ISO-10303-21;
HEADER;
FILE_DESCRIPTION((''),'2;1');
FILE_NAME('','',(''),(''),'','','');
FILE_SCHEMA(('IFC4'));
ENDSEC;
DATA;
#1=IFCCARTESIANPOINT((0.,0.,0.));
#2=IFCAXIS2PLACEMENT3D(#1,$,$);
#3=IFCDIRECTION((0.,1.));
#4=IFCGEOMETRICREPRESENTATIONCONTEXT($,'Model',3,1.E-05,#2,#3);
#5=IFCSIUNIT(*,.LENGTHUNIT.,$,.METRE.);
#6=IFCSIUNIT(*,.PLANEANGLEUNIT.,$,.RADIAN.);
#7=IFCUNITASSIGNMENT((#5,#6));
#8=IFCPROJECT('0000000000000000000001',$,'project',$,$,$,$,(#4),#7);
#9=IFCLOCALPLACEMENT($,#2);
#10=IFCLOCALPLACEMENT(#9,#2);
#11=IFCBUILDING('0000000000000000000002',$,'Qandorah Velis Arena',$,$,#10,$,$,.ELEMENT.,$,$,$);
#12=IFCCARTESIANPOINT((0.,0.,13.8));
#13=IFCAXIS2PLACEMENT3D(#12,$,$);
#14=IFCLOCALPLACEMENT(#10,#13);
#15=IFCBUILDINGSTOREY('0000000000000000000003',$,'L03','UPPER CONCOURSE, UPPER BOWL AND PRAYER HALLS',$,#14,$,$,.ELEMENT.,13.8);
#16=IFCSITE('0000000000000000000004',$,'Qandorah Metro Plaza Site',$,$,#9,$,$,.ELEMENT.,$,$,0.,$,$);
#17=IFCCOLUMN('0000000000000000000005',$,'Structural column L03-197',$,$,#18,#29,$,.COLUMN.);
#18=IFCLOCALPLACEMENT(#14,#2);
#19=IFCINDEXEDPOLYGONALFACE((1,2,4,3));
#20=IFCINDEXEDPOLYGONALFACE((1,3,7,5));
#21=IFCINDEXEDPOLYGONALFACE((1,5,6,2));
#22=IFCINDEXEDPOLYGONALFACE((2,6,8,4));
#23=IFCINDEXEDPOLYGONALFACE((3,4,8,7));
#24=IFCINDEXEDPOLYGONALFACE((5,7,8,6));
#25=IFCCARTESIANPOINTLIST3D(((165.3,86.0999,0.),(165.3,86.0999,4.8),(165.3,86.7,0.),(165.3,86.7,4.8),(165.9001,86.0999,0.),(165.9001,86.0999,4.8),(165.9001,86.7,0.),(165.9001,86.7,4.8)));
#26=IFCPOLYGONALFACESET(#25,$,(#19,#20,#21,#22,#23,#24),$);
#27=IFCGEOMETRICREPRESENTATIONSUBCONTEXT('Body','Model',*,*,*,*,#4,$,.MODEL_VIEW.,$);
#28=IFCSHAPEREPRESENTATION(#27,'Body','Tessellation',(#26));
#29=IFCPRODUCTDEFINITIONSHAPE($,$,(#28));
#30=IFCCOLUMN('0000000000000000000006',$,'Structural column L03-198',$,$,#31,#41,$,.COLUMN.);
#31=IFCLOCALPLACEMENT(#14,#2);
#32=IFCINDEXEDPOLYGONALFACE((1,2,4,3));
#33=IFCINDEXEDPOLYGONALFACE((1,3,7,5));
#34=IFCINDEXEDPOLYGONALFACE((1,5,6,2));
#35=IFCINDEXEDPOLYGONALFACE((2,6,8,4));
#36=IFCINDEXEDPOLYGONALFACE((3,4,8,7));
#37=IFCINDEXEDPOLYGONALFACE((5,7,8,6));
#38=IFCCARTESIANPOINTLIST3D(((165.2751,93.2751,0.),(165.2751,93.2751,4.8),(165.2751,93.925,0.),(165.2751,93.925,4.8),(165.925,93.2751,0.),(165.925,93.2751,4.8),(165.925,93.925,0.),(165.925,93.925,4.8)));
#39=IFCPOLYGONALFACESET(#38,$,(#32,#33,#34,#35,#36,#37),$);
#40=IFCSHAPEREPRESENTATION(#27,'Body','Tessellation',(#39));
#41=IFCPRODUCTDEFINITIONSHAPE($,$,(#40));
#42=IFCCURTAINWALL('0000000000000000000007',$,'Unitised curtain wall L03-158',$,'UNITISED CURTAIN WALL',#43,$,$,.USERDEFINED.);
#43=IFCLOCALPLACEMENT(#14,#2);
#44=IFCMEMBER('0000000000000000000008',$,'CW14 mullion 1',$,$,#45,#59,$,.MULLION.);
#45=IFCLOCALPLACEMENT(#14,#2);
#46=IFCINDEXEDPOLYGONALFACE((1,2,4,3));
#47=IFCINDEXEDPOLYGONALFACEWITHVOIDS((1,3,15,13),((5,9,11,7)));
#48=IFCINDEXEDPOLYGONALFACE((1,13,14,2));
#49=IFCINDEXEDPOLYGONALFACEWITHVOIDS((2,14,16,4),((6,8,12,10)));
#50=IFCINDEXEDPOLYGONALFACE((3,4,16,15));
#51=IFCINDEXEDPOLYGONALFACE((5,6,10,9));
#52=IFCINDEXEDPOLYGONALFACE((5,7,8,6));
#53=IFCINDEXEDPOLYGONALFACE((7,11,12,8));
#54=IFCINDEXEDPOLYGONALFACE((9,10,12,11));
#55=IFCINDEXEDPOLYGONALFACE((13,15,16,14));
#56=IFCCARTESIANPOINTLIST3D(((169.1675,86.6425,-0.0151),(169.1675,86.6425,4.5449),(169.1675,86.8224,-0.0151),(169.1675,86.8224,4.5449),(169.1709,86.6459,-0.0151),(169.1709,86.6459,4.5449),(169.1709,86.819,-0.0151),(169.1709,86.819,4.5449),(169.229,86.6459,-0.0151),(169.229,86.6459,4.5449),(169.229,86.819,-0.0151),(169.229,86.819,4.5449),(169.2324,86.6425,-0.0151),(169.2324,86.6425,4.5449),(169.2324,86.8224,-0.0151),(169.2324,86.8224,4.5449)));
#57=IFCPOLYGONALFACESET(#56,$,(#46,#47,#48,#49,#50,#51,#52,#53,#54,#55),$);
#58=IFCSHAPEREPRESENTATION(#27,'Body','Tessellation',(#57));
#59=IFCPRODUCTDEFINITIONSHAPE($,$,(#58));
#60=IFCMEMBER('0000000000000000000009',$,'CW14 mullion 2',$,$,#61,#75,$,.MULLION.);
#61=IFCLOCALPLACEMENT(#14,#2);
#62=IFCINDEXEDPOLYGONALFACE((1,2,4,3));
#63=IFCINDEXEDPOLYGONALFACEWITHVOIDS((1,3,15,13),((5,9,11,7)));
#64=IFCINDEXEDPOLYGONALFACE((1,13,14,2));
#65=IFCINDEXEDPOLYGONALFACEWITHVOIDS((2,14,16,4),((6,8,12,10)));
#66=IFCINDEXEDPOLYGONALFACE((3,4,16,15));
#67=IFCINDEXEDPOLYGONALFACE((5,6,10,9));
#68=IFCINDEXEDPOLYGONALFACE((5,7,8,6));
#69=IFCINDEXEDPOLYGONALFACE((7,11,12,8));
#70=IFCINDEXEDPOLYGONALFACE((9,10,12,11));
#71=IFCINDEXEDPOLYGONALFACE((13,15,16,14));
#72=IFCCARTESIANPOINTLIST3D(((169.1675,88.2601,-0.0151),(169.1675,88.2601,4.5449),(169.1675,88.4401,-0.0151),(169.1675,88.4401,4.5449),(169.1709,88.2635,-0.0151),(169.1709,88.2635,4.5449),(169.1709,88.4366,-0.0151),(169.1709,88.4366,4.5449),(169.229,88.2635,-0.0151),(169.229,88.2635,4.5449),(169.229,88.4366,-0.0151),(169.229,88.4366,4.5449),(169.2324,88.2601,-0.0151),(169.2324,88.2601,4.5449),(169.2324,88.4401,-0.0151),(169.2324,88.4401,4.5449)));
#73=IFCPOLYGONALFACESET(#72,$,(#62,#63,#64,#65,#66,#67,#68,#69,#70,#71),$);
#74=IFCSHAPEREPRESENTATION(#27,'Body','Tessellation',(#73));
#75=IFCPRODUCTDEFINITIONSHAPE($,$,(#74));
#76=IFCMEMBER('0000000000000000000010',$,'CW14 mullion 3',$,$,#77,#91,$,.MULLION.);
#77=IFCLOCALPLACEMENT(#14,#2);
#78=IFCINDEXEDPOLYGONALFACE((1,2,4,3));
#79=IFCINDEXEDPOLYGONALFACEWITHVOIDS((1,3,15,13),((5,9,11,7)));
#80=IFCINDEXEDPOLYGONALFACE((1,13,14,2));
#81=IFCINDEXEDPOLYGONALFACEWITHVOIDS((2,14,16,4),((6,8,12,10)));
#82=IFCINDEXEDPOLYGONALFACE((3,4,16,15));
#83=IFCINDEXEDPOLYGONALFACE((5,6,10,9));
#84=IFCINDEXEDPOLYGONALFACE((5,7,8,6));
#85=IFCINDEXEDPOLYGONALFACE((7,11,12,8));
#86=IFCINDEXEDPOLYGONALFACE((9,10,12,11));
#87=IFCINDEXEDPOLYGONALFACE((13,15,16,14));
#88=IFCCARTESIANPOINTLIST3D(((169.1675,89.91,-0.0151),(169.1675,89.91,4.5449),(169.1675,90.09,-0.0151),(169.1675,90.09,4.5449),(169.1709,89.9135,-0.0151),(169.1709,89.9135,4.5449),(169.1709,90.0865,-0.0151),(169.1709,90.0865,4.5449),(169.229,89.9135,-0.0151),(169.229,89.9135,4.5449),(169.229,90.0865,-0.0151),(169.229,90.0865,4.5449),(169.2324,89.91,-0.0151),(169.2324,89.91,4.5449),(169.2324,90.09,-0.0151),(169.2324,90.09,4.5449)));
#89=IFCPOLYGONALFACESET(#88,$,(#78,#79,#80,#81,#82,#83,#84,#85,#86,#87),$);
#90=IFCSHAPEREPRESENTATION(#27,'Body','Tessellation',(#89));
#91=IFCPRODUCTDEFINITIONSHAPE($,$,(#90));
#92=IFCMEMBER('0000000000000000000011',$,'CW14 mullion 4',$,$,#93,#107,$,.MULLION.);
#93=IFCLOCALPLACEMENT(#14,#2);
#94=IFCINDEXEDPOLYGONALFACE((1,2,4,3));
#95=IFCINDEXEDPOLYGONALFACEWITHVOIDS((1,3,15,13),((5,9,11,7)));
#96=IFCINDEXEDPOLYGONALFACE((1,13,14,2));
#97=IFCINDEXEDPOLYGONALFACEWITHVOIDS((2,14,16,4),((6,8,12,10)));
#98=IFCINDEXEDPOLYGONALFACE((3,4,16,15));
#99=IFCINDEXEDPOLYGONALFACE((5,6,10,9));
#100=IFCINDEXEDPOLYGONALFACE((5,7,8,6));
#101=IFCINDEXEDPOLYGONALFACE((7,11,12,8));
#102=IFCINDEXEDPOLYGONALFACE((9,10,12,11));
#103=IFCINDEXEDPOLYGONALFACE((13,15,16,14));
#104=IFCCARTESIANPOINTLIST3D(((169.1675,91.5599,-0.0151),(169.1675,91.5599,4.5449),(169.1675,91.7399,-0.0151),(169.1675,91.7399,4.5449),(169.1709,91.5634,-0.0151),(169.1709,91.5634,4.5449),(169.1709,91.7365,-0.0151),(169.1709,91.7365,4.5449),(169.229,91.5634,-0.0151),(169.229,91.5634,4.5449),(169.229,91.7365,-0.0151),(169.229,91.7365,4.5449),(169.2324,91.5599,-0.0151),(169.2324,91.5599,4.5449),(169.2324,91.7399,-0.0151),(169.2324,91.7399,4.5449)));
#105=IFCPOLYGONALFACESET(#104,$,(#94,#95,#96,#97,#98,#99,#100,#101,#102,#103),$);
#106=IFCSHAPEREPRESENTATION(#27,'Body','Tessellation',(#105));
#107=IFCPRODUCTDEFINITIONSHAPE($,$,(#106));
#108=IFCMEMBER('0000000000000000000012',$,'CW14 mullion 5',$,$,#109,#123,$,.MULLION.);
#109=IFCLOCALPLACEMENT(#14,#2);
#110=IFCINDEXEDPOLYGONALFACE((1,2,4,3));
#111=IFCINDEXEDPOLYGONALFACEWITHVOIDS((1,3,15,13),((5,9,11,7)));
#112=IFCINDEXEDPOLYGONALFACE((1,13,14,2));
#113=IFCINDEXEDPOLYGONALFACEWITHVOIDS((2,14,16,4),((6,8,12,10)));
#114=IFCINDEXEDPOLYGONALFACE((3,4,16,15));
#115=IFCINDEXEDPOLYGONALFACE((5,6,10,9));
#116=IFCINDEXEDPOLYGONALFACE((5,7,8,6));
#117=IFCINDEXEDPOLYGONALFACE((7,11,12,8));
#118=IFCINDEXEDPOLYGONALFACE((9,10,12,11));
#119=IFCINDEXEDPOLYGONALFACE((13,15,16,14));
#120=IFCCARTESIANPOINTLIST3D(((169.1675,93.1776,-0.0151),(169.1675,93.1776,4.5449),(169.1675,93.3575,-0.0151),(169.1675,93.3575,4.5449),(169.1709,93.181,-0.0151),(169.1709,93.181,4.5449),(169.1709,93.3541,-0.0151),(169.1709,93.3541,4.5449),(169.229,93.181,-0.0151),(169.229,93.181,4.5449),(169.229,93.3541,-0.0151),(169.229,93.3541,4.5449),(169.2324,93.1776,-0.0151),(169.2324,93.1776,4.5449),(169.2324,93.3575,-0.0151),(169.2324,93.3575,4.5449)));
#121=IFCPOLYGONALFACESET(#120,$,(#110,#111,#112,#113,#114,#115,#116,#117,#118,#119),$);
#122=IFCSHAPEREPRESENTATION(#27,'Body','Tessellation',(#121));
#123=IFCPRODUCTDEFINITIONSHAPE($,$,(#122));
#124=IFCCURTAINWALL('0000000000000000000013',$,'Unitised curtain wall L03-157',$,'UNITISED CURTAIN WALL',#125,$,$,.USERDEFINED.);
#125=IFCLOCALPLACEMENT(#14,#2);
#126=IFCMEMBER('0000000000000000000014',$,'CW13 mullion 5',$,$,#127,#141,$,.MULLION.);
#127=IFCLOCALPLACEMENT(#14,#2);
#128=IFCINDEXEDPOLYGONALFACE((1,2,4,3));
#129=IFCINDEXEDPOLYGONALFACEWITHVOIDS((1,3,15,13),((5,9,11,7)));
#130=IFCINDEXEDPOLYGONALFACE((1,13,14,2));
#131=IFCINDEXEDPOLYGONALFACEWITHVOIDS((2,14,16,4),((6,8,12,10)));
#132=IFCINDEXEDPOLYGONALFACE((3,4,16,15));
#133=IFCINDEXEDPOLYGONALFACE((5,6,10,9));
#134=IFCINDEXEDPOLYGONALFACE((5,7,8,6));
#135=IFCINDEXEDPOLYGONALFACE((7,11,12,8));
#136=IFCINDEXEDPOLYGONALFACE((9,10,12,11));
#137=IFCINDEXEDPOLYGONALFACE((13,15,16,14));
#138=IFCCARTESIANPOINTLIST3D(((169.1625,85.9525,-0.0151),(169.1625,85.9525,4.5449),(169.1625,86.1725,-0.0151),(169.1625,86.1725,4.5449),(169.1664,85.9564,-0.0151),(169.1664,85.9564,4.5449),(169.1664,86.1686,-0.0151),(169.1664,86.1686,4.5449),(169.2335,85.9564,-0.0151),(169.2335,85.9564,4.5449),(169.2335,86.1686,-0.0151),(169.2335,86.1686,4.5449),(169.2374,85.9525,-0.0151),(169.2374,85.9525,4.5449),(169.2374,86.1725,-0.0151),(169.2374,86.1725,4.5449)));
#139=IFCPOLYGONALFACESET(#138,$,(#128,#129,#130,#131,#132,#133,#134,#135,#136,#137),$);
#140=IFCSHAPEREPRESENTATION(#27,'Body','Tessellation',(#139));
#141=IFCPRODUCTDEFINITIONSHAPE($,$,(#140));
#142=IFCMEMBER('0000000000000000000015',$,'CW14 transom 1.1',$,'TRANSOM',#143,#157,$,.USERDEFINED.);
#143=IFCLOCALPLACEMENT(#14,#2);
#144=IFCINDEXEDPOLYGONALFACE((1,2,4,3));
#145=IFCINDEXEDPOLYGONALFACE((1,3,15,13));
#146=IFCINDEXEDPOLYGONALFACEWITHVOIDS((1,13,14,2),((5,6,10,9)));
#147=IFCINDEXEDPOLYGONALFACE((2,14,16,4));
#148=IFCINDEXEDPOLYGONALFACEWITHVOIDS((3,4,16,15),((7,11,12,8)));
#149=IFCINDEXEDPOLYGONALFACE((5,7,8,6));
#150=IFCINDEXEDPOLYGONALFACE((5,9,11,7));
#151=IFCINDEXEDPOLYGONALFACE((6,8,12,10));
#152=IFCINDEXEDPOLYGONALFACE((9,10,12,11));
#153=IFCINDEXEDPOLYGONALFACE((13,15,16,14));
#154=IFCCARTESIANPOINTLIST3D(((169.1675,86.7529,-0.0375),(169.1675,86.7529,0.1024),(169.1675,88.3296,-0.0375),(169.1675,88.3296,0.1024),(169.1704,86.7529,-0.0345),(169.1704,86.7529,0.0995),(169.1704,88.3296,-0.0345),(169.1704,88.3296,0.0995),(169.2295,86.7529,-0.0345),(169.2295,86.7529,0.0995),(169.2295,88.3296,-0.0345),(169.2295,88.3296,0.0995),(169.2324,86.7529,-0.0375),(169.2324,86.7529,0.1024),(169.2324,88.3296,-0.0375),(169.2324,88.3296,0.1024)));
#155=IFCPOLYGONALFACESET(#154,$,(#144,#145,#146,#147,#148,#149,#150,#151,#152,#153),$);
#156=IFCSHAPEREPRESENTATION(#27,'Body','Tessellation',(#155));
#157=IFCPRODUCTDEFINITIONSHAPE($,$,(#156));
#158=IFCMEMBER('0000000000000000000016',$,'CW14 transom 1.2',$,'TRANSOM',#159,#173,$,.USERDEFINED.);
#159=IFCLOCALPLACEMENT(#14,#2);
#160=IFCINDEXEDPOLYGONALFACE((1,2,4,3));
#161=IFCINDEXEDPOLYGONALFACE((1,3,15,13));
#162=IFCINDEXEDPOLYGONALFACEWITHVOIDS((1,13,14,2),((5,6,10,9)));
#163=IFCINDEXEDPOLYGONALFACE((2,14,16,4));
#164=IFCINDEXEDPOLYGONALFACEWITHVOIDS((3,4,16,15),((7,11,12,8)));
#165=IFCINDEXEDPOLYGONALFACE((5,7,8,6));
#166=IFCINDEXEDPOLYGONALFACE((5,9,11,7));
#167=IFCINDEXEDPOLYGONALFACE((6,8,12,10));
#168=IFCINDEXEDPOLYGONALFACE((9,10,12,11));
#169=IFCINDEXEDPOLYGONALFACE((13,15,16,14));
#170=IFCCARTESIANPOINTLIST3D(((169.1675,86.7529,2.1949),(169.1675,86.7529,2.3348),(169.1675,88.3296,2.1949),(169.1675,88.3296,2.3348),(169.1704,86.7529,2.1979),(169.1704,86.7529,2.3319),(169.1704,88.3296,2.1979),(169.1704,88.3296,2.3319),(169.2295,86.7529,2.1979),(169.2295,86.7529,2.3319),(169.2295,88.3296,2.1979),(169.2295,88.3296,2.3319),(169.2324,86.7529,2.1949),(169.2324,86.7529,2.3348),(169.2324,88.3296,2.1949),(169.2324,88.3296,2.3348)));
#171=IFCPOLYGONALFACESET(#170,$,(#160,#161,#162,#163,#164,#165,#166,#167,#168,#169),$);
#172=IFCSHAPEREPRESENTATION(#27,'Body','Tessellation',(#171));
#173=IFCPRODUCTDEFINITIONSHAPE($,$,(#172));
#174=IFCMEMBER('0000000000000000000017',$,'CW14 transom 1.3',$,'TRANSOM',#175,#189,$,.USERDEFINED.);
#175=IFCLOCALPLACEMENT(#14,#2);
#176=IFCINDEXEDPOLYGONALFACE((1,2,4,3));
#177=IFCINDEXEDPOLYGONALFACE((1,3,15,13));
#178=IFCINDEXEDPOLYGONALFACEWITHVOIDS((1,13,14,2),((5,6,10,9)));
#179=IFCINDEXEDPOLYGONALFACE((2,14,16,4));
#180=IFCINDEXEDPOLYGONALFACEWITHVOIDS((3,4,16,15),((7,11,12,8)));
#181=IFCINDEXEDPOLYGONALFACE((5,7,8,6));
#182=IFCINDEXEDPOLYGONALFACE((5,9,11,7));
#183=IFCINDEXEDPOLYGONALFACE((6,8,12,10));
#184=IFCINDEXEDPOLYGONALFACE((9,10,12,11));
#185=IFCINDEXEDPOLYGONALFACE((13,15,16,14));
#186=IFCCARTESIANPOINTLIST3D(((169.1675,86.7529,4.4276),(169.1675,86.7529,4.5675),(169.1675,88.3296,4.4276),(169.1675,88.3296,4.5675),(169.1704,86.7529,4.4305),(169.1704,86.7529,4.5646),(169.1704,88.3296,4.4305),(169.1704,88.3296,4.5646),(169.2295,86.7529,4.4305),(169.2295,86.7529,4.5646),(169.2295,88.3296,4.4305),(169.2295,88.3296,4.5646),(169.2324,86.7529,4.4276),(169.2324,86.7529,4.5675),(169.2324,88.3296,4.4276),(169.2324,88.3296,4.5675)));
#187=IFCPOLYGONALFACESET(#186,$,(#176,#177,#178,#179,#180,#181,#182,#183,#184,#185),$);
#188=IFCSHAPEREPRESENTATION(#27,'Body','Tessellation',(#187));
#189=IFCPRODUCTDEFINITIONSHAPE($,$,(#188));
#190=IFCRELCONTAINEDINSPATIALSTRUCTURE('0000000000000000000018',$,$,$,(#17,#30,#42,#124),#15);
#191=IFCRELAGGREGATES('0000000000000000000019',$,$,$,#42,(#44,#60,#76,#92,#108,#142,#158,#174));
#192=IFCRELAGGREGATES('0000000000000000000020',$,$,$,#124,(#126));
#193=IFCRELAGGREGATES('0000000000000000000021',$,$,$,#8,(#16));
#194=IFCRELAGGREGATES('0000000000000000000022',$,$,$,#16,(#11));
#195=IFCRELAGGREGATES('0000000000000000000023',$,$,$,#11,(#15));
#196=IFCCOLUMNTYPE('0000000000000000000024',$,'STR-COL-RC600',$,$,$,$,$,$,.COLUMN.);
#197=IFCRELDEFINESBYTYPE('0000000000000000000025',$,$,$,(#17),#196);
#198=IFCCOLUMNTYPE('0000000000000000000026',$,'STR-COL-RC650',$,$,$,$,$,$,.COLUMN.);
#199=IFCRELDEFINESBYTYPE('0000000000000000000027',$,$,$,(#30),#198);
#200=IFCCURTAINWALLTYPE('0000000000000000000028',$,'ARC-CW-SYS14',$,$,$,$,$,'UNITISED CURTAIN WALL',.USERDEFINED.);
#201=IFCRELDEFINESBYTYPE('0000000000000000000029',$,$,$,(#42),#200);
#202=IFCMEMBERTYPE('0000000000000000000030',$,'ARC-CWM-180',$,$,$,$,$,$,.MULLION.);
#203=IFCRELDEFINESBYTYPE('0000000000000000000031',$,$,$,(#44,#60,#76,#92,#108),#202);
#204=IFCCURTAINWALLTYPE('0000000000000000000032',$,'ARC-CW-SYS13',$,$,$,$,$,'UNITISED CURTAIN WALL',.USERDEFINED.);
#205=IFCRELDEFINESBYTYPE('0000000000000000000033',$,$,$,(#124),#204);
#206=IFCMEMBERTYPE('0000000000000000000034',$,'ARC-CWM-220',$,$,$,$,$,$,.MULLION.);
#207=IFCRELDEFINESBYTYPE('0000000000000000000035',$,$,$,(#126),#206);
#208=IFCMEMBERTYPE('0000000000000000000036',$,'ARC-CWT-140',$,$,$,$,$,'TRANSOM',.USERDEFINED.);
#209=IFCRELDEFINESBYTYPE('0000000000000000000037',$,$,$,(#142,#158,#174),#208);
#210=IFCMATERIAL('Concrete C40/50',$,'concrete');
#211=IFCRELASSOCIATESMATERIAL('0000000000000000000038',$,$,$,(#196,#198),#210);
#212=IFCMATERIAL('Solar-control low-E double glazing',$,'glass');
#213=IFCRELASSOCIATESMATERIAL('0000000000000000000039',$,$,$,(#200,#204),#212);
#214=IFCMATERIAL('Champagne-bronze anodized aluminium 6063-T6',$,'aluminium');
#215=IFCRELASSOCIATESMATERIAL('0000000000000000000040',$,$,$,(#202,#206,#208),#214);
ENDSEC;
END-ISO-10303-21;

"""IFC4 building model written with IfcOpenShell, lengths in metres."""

from ifc_helpers import new_model, si_unit, direction, frame, origin, origin_2d, place, context, subcontext, project, spatial, rectangle, hollow_rectangle, extrude, material, material_profile, profile_set, type_object, element, aggregate, save


model = new_model("IFC4")

# Units and contexts
model_context = context("Model", 3, precision=1e-05, world=origin(), true_north=direction((0.0, 1.0)))
body_context = subcontext(model_context, "Body", "Model", "MODEL_VIEW")
ifc_project = project(units=[si_unit("LENGTHUNIT", "METRE"), si_unit("PLANEANGLEUNIT", "RADIAN")], contexts=[model_context])

# Site, building, storey
site_placement = place(None, origin())
site = spatial("IfcSite", under=ifc_project, at=site_placement, Name="Qandorah Metro Plaza Site", CompositionType="ELEMENT", RefElevation=0.0)
building_placement = place(site_placement, origin())
building = spatial("IfcBuilding", under=site, at=building_placement, Name="Qandorah Velis Arena", CompositionType="ELEMENT")
storey_placement = place(building_placement, frame((0.0, 0.0, 13.8)))
storey = spatial("IfcBuildingStorey", under=building, at=storey_placement, Name="L03", Description="UPPER CONCOURSE, UPPER BOWL AND PRAYER HALLS", CompositionType="ELEMENT", Elevation=13.8)

# Columns
ifc_material_1 = material(Name="Concrete C40/50", Category="concrete")
ifc_material_profile_1 = material_profile(ifc_material_1, rectangle(XDim=0.6001, YDim=0.6001, at=origin_2d()), Name="RC COL 600x600")
ifc_profile_set_1 = profile_set([ifc_material_profile_1], Name="Concrete C40/50")
column_type_1 = type_object("IfcColumnType", Name="STR-COL-RC600", PredefinedType="COLUMN", material=ifc_profile_set_1)
column_1_placement = place(storey_placement, frame((165.6001, 86.3999, 0.0), z_axis=(0.0, 0.0, 1.0), x_axis=(1.0, 0.0, 0.0)))
element("IfcColumn", 1, at=column_1_placement, inside=storey, type_object=column_type_1, Name="Structural column L03-197", PredefinedType="COLUMN", context=body_context, shape_type="SweptSolid", body=[
    extrude(rectangle(XDim=0.6001, YDim=0.6001, at=origin_2d()), origin(), (0.0, 0.0, 1.0), 4.8),
])
ifc_material_profile_2 = material_profile(ifc_material_1, rectangle(XDim=0.6499, YDim=0.6499, at=origin_2d()), Name="RC COL 650x650")
ifc_profile_set_2 = profile_set([ifc_material_profile_2], Name="Concrete C40/50")
column_type_2 = type_object("IfcColumnType", Name="STR-COL-RC650", PredefinedType="COLUMN", material=ifc_profile_set_2)
column_2_placement = place(storey_placement, frame((165.6001, 93.6001, 0.0), z_axis=(0.0, 0.0, 1.0), x_axis=(1.0, 0.0, 0.0)))
element("IfcColumn", 2, at=column_2_placement, inside=storey, type_object=column_type_2, Name="Structural column L03-198", PredefinedType="COLUMN", context=body_context, shape_type="SweptSolid", body=[
    extrude(rectangle(XDim=0.6499, YDim=0.6499, at=origin_2d()), origin(), (0.0, 0.0, 1.0), 4.8),
])

# Curtain wall, members
ifc_material_2 = material(Name="Solar-control low-E double glazing", Category="glass")
curtain_wall_type_1 = type_object("IfcCurtainWallType", Name="ARC-CW-SYS14", ElementType="UNITISED CURTAIN WALL", PredefinedType="USERDEFINED", material=ifc_material_2)
curtain_wall_1_placement = place(storey_placement, origin())
curtain_wall_1 = element("IfcCurtainWall", 3, at=curtain_wall_1_placement, inside=storey, type_object=curtain_wall_type_1, Name="Unitised curtain wall L03-158", ObjectType="UNITISED CURTAIN WALL", PredefinedType="USERDEFINED")
ifc_material_3 = material(Name="Champagne-bronze anodized aluminium 6063-T6", Category="aluminium")
ifc_material_profile_3 = material_profile(ifc_material_3, hollow_rectangle(XDim=0.0649, YDim=0.1799, WallThickness=0.0034, at=origin_2d()), Name="ALU MULLION 65x180")
ifc_profile_set_3 = profile_set([ifc_material_profile_3], Name="Champagne-bronze anodized aluminium 6063-T6")
member_type_1 = type_object("IfcMemberType", Name="ARC-CWM-180", PredefinedType="MULLION", material=ifc_profile_set_3)
member_1_placement = place(storey_placement, frame((169.2, 86.7324, -0.0151), z_axis=(0.0, 0.0, 1.0), x_axis=(-1.0, 0.0, 0.0)))
member_1 = element("IfcMember", 4, at=member_1_placement, type_object=member_type_1, Name="CW14 mullion 1", PredefinedType="MULLION", context=body_context, shape_type="SweptSolid", body=[
    extrude(hollow_rectangle(XDim=0.0649, YDim=0.1799, WallThickness=0.0034, at=origin_2d()), origin(), (0.0, 0.0, 1.0), 4.5601),
])
member_2_placement = place(storey_placement, frame((169.2, 88.3501, -0.0151), z_axis=(0.0, 0.0, 1.0), x_axis=(-1.0, 0.0, 0.0)))
member_2 = element("IfcMember", 5, at=member_2_placement, type_object=member_type_1, Name="CW14 mullion 2", PredefinedType="MULLION", context=body_context, shape_type="SweptSolid", body=[
    extrude(hollow_rectangle(XDim=0.0649, YDim=0.1799, WallThickness=0.0034, at=origin_2d()), origin(), (0.0, 0.0, 1.0), 4.5601),
])
member_3_placement = place(storey_placement, frame((169.2, 90.0, -0.0151), z_axis=(0.0, 0.0, 1.0), x_axis=(-1.0, 0.0, 0.0)))
member_3 = element("IfcMember", 6, at=member_3_placement, type_object=member_type_1, Name="CW14 mullion 3", PredefinedType="MULLION", context=body_context, shape_type="SweptSolid", body=[
    extrude(hollow_rectangle(XDim=0.0649, YDim=0.1799, WallThickness=0.0034, at=origin_2d()), origin(), (0.0, 0.0, 1.0), 4.5601),
])
member_4_placement = place(storey_placement, frame((169.2, 91.6499, -0.0151), z_axis=(0.0, 0.0, 1.0), x_axis=(-1.0, 0.0, 0.0)))
member_4 = element("IfcMember", 7, at=member_4_placement, type_object=member_type_1, Name="CW14 mullion 4", PredefinedType="MULLION", context=body_context, shape_type="SweptSolid", body=[
    extrude(hollow_rectangle(XDim=0.0649, YDim=0.1799, WallThickness=0.0034, at=origin_2d()), origin(), (0.0, 0.0, 1.0), 4.5601),
])
member_5_placement = place(storey_placement, frame((169.2, 93.2676, -0.0151), z_axis=(0.0, 0.0, 1.0), x_axis=(-1.0, 0.0, 0.0)))
member_5 = element("IfcMember", 8, at=member_5_placement, type_object=member_type_1, Name="CW14 mullion 5", PredefinedType="MULLION", context=body_context, shape_type="SweptSolid", body=[
    extrude(hollow_rectangle(XDim=0.0649, YDim=0.1799, WallThickness=0.0034, at=origin_2d()), origin(), (0.0, 0.0, 1.0), 4.5601),
])

# Curtain wall, member
curtain_wall_type_2 = type_object("IfcCurtainWallType", Name="ARC-CW-SYS13", ElementType="UNITISED CURTAIN WALL", PredefinedType="USERDEFINED", material=ifc_material_2)
curtain_wall_2_placement = place(storey_placement, origin())
curtain_wall_2 = element("IfcCurtainWall", 9, at=curtain_wall_2_placement, inside=storey, type_object=curtain_wall_type_2, Name="Unitised curtain wall L03-157", ObjectType="UNITISED CURTAIN WALL", PredefinedType="USERDEFINED")
ifc_material_profile_4 = material_profile(ifc_material_3, hollow_rectangle(XDim=0.075, YDim=0.22, WallThickness=0.0039, at=origin_2d()), Name="ALU MULLION 75x220")
ifc_profile_set_4 = profile_set([ifc_material_profile_4], Name="Champagne-bronze anodized aluminium 6063-T6")
member_type_2 = type_object("IfcMemberType", Name="ARC-CWM-220", PredefinedType="MULLION", material=ifc_profile_set_4)
member_6_placement = place(storey_placement, frame((169.2, 86.0625, -0.0151), z_axis=(0.0, 0.0, 1.0), x_axis=(-1.0, 0.0, 0.0)))
member_6 = element("IfcMember", 10, at=member_6_placement, type_object=member_type_2, Name="CW13 mullion 5", PredefinedType="MULLION", context=body_context, shape_type="SweptSolid", body=[
    extrude(hollow_rectangle(XDim=0.075, YDim=0.22, WallThickness=0.0039, at=origin_2d()), origin(), (0.0, 0.0, 1.0), 4.5601),
])

# Members
ifc_material_profile_5 = material_profile(ifc_material_3, hollow_rectangle(XDim=0.0649, YDim=0.1399, WallThickness=0.0029, at=origin_2d()), Name="ALU TRANSOM 65x140")
ifc_profile_set_5 = profile_set([ifc_material_profile_5], Name="Champagne-bronze anodized aluminium 6063-T6")
member_type_3 = type_object("IfcMemberType", Name="ARC-CWT-140", ElementType="TRANSOM", PredefinedType="USERDEFINED", material=ifc_profile_set_5)
member_7_placement = place(storey_placement, frame((169.2, 86.7529, 0.0325), z_axis=(0.0, 1.0, 0.0), x_axis=(-1.0, 0.0, 0.0)))
member_7 = element("IfcMember", 11, at=member_7_placement, type_object=member_type_3, Name="CW14 transom 1.1", ObjectType="TRANSOM", PredefinedType="USERDEFINED", context=body_context, shape_type="SweptSolid", body=[
    extrude(hollow_rectangle(XDim=0.0649, YDim=0.1399, WallThickness=0.0029, at=origin_2d()), origin(), (0.0, 0.0, 1.0), 1.5767),
])
member_8_placement = place(storey_placement, frame((169.2, 86.7529, 2.2649), z_axis=(0.0, 1.0, 0.0), x_axis=(-1.0, 0.0, 0.0)))
member_8 = element("IfcMember", 12, at=member_8_placement, type_object=member_type_3, Name="CW14 transom 1.2", ObjectType="TRANSOM", PredefinedType="USERDEFINED", context=body_context, shape_type="SweptSolid", body=[
    extrude(hollow_rectangle(XDim=0.0649, YDim=0.1399, WallThickness=0.0029, at=origin_2d()), origin(), (0.0, 0.0, 1.0), 1.5767),
])
member_9_placement = place(storey_placement, frame((169.2, 86.7529, 4.4976), z_axis=(0.0, 1.0, 0.0), x_axis=(-1.0, 0.0, 0.0)))
member_9 = element("IfcMember", 13, at=member_9_placement, type_object=member_type_3, Name="CW14 transom 1.3", ObjectType="TRANSOM", PredefinedType="USERDEFINED", context=body_context, shape_type="SweptSolid", body=[
    extrude(hollow_rectangle(XDim=0.0649, YDim=0.1399, WallThickness=0.0029, at=origin_2d()), origin(), (0.0, 0.0, 1.0), 1.5767),
])

aggregate(curtain_wall_1, [member_1, member_2, member_3, member_4, member_5, member_7, member_8, member_9])
aggregate(curtain_wall_2, [member_6])

save(model, "model.ifc")
